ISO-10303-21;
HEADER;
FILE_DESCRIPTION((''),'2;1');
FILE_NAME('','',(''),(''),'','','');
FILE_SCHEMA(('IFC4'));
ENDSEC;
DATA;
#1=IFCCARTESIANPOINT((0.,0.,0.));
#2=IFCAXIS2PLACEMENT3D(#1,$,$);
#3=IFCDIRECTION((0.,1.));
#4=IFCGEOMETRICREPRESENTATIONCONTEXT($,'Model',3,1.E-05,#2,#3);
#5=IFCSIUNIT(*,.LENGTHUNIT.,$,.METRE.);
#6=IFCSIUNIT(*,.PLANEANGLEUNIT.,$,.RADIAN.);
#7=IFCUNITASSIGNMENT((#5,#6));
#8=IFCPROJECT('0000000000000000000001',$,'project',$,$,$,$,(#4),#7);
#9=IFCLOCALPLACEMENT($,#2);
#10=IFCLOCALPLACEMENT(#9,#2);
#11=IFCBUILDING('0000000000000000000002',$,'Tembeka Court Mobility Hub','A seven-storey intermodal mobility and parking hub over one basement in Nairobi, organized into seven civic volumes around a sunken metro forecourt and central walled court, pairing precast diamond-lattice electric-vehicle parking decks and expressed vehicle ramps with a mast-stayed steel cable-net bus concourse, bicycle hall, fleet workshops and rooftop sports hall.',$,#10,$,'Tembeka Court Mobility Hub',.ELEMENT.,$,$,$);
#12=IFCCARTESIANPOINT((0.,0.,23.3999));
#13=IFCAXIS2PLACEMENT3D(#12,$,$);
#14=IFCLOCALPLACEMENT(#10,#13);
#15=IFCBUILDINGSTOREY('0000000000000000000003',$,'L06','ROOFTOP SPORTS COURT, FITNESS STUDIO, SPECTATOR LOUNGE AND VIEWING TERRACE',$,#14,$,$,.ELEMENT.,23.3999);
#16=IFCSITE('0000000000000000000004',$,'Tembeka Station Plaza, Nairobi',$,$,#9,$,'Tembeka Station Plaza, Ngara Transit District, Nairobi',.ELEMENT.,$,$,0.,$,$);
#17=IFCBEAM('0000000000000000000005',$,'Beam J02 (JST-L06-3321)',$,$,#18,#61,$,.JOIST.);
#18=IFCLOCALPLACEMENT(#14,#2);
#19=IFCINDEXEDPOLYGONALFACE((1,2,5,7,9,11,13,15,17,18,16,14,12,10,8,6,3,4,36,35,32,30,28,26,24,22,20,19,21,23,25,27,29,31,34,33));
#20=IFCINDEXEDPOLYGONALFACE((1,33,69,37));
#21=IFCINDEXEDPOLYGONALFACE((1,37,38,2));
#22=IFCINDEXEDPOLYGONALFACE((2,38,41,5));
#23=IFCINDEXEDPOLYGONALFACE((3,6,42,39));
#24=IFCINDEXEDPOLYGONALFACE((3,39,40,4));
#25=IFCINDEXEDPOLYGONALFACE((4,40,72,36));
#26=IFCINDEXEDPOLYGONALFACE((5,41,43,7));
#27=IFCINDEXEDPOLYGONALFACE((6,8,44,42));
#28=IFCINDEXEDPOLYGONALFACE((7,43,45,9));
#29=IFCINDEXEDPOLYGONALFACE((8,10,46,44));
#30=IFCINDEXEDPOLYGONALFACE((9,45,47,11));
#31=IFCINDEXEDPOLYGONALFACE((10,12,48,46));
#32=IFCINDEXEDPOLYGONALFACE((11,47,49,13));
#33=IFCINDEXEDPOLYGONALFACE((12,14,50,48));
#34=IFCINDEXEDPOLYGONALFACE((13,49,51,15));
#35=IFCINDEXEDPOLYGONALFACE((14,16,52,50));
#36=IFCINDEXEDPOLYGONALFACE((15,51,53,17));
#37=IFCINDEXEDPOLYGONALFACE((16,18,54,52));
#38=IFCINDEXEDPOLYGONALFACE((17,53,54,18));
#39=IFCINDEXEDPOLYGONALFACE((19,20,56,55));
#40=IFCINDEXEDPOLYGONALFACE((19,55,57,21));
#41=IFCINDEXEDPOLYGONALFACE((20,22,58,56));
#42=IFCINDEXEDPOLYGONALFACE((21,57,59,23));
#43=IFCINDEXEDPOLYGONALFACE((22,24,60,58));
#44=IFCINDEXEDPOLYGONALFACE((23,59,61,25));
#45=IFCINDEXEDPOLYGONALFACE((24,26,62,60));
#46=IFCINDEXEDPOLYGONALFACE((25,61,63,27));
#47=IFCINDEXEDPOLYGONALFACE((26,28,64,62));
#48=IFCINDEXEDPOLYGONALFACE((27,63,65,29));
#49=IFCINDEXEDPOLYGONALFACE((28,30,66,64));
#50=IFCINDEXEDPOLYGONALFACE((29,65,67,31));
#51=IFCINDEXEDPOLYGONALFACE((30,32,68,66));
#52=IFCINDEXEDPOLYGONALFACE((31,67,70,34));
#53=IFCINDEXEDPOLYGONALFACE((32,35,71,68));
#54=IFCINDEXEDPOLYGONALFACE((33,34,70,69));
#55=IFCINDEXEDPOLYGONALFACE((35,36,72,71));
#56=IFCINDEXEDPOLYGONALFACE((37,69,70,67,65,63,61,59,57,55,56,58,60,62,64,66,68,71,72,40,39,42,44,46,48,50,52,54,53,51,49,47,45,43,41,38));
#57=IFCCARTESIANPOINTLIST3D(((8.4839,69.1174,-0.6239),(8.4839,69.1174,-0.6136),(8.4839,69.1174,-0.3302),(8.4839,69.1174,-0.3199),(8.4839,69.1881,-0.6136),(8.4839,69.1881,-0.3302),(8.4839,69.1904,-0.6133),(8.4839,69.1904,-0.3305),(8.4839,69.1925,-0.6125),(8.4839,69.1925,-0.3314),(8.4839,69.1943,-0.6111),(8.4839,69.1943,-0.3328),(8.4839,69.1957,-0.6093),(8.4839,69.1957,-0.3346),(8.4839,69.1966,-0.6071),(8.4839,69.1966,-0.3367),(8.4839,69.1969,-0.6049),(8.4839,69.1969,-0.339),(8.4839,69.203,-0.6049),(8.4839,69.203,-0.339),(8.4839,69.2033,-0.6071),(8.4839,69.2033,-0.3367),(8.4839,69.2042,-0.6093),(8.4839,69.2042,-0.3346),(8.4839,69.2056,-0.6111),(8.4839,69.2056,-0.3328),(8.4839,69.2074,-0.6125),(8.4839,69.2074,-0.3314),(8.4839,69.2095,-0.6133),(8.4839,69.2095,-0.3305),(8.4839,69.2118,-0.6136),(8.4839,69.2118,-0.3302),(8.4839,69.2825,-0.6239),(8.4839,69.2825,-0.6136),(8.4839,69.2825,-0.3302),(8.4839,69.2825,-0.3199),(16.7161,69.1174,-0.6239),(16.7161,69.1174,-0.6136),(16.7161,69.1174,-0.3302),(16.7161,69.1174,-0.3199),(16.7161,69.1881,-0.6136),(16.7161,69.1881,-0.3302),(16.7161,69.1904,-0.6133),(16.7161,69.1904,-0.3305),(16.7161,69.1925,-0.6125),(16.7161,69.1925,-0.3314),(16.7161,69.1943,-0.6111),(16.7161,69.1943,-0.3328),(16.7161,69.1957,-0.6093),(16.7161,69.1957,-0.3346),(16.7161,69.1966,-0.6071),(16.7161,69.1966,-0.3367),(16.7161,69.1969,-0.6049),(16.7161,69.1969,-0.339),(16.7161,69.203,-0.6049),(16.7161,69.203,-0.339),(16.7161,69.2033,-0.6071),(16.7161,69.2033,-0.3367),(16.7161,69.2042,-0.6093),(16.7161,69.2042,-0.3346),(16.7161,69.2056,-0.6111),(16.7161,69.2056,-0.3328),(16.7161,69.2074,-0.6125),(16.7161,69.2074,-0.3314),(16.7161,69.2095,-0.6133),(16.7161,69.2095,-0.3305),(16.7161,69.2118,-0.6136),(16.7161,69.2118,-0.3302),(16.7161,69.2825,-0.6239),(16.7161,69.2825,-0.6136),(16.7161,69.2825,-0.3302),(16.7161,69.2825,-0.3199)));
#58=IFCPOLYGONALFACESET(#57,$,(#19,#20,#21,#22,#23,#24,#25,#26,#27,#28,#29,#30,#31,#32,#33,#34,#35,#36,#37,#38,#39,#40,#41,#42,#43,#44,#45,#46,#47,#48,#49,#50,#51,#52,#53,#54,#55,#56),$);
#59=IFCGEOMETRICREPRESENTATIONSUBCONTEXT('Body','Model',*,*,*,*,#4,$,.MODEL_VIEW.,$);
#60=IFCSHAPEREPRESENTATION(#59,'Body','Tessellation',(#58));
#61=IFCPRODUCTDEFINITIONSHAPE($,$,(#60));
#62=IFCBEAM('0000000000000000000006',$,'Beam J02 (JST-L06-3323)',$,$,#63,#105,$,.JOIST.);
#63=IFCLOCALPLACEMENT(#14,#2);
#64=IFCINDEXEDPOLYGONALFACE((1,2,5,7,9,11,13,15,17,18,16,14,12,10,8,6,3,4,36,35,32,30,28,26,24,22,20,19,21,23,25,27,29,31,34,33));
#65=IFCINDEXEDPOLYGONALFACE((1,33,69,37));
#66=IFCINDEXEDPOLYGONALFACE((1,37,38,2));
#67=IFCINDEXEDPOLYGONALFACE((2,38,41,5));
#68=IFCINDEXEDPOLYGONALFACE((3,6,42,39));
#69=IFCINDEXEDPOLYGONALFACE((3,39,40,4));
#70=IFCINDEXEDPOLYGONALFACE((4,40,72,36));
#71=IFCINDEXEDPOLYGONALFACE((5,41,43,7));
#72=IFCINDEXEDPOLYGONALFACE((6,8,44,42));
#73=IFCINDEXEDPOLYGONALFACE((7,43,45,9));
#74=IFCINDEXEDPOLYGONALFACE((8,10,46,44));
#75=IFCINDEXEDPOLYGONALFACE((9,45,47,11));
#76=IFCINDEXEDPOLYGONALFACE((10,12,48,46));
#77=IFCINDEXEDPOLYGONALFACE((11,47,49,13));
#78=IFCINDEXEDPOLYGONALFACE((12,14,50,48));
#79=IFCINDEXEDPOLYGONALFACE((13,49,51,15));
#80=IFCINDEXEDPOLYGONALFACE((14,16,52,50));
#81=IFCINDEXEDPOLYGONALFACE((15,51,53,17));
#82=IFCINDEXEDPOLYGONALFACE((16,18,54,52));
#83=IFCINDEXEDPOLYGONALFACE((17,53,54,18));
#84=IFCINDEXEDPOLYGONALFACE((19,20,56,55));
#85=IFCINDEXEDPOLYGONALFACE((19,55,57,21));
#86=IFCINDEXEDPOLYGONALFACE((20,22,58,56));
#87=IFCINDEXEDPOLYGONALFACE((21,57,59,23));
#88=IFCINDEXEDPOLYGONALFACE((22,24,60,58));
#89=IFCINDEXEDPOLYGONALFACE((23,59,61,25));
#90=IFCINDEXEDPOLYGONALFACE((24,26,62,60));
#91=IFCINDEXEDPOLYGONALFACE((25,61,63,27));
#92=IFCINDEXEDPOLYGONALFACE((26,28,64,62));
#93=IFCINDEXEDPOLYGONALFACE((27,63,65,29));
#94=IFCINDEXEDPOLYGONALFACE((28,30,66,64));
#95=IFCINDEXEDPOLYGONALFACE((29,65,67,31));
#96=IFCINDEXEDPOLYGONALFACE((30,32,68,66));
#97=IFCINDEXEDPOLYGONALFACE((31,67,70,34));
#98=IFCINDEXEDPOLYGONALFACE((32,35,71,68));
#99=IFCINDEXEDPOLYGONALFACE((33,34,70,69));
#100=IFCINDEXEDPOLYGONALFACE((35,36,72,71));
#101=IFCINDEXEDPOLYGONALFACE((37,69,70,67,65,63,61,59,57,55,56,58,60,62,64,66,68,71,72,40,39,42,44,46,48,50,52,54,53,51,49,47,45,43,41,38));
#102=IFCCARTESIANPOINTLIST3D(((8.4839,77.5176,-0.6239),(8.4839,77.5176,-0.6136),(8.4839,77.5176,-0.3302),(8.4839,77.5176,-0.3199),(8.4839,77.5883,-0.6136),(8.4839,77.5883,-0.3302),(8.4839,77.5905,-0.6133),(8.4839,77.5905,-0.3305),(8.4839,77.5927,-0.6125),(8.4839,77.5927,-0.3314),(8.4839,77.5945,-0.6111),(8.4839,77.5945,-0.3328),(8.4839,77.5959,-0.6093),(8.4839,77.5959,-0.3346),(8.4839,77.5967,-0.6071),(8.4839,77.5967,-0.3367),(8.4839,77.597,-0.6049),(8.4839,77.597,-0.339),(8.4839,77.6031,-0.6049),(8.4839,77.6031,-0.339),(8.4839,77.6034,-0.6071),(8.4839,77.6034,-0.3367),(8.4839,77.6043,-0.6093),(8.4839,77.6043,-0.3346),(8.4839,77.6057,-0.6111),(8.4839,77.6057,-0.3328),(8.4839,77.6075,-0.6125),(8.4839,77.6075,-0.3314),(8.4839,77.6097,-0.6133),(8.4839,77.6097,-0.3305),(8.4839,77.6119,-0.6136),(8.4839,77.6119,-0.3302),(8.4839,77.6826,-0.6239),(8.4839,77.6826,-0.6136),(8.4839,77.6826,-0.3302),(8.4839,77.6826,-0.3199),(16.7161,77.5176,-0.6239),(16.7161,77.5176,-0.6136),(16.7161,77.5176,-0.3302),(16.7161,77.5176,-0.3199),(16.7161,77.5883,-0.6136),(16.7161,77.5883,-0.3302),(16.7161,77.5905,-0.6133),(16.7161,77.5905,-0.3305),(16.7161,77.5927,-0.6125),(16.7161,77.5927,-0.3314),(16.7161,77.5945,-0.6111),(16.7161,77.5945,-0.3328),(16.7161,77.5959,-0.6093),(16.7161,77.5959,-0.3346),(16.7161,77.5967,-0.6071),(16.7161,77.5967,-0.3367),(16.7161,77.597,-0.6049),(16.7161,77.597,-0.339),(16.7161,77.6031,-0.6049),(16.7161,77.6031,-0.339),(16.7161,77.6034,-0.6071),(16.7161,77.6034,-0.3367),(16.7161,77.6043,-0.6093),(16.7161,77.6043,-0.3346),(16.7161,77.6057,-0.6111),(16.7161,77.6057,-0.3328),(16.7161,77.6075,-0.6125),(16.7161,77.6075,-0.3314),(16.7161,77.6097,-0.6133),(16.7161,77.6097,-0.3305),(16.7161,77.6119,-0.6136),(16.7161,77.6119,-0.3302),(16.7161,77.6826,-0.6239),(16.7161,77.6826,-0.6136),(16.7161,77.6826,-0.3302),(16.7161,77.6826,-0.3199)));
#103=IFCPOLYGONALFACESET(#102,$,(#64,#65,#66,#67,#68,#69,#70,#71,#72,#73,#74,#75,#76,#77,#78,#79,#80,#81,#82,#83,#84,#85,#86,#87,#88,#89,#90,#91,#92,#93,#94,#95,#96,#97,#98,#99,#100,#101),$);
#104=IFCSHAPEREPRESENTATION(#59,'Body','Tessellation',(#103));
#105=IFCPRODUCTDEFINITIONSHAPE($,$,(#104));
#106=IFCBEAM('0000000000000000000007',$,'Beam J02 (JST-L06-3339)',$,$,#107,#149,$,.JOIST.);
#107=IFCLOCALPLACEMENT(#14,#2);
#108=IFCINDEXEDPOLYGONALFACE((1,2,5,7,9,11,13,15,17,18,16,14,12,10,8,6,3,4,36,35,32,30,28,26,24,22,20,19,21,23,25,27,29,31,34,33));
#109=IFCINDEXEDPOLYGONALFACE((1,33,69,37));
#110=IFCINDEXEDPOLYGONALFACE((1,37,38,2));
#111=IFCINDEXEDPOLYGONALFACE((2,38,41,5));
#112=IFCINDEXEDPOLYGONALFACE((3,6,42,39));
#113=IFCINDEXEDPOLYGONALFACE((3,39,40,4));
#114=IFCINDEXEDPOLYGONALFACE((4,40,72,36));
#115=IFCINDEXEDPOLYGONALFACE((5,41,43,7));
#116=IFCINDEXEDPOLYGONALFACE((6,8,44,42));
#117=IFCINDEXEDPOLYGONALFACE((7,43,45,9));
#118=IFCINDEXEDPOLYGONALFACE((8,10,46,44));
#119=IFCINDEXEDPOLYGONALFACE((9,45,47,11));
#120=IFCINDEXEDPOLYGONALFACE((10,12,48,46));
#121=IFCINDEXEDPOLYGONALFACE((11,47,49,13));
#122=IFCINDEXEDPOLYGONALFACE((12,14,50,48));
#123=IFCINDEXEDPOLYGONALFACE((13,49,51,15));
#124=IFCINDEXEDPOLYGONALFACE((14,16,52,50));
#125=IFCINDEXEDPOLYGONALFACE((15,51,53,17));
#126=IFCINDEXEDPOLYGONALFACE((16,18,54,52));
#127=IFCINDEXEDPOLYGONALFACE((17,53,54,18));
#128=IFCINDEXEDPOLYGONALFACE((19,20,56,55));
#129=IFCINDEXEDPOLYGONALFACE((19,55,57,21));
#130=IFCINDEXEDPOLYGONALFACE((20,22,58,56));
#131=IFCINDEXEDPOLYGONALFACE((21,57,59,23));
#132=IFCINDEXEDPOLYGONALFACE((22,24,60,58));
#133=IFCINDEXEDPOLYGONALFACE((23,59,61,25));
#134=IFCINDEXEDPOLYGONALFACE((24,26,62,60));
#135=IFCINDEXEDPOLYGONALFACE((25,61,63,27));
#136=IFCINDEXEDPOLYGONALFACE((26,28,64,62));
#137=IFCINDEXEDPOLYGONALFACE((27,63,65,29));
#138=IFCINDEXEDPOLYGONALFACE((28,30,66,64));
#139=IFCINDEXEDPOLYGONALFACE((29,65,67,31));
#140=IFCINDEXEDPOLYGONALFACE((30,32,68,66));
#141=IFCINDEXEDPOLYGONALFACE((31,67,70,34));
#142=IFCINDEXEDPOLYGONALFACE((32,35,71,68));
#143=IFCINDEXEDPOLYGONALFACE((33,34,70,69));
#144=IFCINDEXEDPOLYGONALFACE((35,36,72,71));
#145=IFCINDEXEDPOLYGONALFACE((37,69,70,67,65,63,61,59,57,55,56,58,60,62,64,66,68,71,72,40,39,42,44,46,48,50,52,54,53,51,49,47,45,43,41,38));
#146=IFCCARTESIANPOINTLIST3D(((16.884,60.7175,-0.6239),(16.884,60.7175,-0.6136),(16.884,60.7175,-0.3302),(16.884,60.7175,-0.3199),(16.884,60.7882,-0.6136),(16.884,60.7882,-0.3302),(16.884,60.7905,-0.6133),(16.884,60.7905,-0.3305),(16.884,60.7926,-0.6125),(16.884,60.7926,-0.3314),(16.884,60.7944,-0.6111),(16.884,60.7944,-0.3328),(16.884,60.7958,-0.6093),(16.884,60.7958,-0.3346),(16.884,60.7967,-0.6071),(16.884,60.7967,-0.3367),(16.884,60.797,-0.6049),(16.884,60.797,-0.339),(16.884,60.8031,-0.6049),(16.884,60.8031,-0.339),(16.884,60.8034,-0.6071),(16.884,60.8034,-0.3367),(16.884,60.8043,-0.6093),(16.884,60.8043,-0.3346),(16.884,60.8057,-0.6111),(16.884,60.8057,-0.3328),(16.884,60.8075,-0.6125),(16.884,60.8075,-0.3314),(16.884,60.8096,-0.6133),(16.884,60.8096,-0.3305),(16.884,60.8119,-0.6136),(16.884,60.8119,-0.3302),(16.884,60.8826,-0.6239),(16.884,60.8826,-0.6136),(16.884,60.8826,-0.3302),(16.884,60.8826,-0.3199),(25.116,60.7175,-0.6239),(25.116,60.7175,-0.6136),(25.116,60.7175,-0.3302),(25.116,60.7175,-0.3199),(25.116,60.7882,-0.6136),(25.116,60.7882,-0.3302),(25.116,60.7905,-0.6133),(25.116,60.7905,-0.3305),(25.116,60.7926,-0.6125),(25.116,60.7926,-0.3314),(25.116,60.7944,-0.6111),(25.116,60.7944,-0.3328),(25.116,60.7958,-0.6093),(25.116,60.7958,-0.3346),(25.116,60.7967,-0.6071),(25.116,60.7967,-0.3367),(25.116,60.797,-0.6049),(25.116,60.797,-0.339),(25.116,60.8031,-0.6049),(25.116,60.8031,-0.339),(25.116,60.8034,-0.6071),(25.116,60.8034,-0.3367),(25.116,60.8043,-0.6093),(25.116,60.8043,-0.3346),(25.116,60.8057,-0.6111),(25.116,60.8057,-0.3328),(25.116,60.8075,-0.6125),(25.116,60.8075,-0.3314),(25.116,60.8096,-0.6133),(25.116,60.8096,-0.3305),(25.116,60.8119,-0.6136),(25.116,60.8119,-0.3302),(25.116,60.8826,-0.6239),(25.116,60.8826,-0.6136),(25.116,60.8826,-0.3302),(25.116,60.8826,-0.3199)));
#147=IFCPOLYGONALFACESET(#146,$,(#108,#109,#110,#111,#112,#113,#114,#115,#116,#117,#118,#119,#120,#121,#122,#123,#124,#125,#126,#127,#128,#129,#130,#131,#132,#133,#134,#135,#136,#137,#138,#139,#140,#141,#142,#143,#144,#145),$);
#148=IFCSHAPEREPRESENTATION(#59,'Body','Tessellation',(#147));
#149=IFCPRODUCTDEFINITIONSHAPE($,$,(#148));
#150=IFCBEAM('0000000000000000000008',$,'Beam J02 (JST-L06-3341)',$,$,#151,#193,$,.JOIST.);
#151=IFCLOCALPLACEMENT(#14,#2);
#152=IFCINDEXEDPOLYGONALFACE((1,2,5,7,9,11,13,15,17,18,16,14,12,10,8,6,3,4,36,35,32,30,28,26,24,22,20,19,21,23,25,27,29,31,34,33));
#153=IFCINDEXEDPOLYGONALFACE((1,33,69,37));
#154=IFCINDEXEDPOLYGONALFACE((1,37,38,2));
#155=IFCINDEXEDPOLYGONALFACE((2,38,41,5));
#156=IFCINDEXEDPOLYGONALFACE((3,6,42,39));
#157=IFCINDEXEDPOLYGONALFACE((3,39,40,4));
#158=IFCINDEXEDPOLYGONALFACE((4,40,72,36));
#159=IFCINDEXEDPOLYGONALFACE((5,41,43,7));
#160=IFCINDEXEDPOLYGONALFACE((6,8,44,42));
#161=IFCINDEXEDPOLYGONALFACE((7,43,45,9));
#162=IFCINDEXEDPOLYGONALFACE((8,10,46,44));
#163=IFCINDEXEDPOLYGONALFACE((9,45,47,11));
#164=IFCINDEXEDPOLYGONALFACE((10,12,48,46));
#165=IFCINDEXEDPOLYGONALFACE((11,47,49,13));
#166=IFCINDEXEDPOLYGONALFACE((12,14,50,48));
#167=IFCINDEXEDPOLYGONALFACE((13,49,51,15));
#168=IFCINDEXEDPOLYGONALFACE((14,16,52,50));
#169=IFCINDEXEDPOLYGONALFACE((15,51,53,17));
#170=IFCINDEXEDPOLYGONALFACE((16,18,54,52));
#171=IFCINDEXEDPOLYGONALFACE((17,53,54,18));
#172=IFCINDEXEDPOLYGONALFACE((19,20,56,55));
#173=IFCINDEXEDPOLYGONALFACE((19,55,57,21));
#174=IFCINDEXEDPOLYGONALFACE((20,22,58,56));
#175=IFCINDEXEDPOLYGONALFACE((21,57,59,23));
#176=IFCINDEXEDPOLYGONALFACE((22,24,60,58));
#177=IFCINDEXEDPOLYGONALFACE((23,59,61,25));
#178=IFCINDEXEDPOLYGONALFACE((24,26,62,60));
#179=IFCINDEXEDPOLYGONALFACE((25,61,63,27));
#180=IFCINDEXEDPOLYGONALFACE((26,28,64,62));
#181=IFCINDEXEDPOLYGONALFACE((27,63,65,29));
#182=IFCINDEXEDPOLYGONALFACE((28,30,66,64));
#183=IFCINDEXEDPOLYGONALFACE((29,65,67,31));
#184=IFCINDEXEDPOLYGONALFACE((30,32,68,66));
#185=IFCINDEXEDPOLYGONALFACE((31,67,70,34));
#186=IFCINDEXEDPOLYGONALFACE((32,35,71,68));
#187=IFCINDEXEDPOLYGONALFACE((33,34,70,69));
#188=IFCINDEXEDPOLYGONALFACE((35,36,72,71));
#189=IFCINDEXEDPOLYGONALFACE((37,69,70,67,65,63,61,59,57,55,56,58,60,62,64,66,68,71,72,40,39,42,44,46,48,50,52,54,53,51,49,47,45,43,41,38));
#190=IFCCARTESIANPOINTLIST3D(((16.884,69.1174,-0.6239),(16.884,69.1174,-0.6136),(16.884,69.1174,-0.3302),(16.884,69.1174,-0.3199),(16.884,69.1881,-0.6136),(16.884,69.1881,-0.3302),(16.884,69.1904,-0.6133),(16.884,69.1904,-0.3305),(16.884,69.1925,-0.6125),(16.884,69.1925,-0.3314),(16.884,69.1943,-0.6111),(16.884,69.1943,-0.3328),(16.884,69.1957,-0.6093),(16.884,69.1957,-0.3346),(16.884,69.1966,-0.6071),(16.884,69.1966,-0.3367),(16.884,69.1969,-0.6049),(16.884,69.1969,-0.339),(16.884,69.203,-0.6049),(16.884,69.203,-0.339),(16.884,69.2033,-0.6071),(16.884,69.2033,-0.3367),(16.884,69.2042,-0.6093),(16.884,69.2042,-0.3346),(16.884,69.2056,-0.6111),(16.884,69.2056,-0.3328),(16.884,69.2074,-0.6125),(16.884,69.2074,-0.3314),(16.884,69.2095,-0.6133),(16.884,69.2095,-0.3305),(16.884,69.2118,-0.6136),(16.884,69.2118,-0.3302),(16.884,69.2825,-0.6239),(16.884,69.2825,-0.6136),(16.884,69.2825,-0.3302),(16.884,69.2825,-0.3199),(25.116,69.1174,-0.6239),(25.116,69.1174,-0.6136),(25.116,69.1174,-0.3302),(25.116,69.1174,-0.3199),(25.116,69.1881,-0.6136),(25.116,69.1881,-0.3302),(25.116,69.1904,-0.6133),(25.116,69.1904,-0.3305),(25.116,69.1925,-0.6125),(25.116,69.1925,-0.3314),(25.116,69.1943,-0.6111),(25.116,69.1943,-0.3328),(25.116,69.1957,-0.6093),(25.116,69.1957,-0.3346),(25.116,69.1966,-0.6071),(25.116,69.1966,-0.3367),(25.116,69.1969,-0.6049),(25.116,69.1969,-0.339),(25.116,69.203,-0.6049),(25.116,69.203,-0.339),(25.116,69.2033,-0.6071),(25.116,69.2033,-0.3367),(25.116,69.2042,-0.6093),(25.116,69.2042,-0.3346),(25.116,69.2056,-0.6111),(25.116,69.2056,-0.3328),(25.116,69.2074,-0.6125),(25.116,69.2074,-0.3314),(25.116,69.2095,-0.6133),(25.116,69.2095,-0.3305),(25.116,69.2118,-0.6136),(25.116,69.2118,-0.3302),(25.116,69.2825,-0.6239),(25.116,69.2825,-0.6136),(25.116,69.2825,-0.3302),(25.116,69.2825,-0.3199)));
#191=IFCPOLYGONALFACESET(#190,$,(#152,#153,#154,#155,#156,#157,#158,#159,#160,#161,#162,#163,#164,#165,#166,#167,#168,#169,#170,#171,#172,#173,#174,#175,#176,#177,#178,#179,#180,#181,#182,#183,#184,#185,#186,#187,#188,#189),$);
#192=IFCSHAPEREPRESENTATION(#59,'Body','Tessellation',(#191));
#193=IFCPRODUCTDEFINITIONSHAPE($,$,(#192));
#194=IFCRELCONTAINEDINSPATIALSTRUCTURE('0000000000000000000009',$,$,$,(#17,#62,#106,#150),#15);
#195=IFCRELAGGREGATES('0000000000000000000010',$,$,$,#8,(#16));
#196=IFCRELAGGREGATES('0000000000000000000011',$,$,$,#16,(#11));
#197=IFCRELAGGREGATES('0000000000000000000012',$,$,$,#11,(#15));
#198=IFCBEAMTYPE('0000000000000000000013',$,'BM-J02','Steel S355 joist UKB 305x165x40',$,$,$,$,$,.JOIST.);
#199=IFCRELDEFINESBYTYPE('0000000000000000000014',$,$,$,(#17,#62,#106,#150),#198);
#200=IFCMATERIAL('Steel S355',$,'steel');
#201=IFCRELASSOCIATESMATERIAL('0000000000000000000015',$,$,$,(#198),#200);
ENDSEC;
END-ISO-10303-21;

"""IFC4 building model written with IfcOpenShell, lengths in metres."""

from ifc_helpers import new_model, si_unit, direction, frame, origin, origin_2d, place, context, subcontext, project, spatial, i_section, extrude, material, material_profile, profile_set, type_object, element, save


model = new_model("IFC4")

# Units and contexts
model_context = context("Model", 3, precision=1e-05, world=origin(), true_north=direction((0.0, 1.0)))
body_context = subcontext(model_context, "Body", "Model", "MODEL_VIEW")
ifc_project = project(units=[si_unit("LENGTHUNIT", "METRE"), si_unit("PLANEANGLEUNIT", "RADIAN")], contexts=[model_context])

# Site, building, storey
site_placement = place(None, origin())
site = spatial("IfcSite", under=ifc_project, at=site_placement, Name="Tembeka Station Plaza, Nairobi", LongName="Tembeka Station Plaza, Ngara Transit District, Nairobi", CompositionType="ELEMENT", RefElevation=0.0)
building_placement = place(site_placement, origin())
building = spatial("IfcBuilding", under=site, at=building_placement, Name="Tembeka Court Mobility Hub", Description="A seven-storey intermodal mobility and parking hub over one basement in Nairobi, organized into seven civic volumes around a sunken metro forecourt and central walled court, pairing precast diamond-lattice electric-vehicle parking decks and expressed vehicle ramps with a mast-stayed steel cable-net bus concourse, bicycle hall, fleet workshops and rooftop sports hall.", LongName="Tembeka Court Mobility Hub", CompositionType="ELEMENT")
storey_placement = place(building_placement, frame((0.0, 0.0, 23.3999)))
storey = spatial("IfcBuildingStorey", under=building, at=storey_placement, Name="L06", Description="ROOFTOP SPORTS COURT, FITNESS STUDIO, SPECTATOR LOUNGE AND VIEWING TERRACE", CompositionType="ELEMENT", Elevation=23.3999)

# Beams
ifc_material_1 = material(Name="Steel S355", Category="steel")
ifc_material_profile_1 = material_profile(ifc_material_1, i_section(OverallWidth=0.165, OverallDepth=0.304, WebThickness=0.0061, FlangeThickness=0.0103, FilletRadius=0.0088, at=origin_2d()), Name="UKB 305x165x40")
ifc_profile_set_1 = profile_set([ifc_material_profile_1], Name="Steel S355")
beam_type_1 = type_object("IfcBeamType", Name="BM-J02", Description="Steel S355 joist UKB 305x165x40", PredefinedType="JOIST", material=ifc_profile_set_1)
for number, where, z_axis, x_axis, name in (
    (1, (8.4839, 69.2, -0.4719), (1.0, 0.0, 0.0), (0.0, 1.0, 0.0), "Beam J02 (JST-L06-3321)"),
    (2, (8.4839, 77.6001, -0.4719), (1.0, 0.0, 0.0), (0.0, 1.0, 0.0), "Beam J02 (JST-L06-3323)"),
):
    element("IfcBeam", number, at=place(storey_placement, frame(where, z_axis=z_axis, x_axis=x_axis)), inside=storey, type_object=beam_type_1, Name=name, PredefinedType="JOIST", context=body_context, shape_type="SweptSolid", body=[
        extrude(i_section(OverallWidth=0.165, OverallDepth=0.304, WebThickness=0.0061, FlangeThickness=0.0103, FilletRadius=0.0088, at=origin_2d()), origin(), (0.0, 0.0, 1.0), 8.2322),
    ])
for number, where, z_axis, x_axis, name in (
    (3, (16.884, 60.8, -0.4719), (1.0, 0.0, 0.0), (0.0, 1.0, 0.0), "Beam J02 (JST-L06-3339)"),
    (4, (16.884, 69.2, -0.4719), (1.0, 0.0, 0.0), (0.0, 1.0, 0.0), "Beam J02 (JST-L06-3341)"),
):
    element("IfcBeam", number, at=place(storey_placement, frame(where, z_axis=z_axis, x_axis=x_axis)), inside=storey, type_object=beam_type_1, Name=name, PredefinedType="JOIST", context=body_context, shape_type="SweptSolid", body=[
        extrude(i_section(OverallWidth=0.165, OverallDepth=0.304, WebThickness=0.0061, FlangeThickness=0.0103, FilletRadius=0.0088, at=origin_2d()), origin(), (0.0, 0.0, 1.0), 8.2319),
    ])

save(model, "model.ifc")
